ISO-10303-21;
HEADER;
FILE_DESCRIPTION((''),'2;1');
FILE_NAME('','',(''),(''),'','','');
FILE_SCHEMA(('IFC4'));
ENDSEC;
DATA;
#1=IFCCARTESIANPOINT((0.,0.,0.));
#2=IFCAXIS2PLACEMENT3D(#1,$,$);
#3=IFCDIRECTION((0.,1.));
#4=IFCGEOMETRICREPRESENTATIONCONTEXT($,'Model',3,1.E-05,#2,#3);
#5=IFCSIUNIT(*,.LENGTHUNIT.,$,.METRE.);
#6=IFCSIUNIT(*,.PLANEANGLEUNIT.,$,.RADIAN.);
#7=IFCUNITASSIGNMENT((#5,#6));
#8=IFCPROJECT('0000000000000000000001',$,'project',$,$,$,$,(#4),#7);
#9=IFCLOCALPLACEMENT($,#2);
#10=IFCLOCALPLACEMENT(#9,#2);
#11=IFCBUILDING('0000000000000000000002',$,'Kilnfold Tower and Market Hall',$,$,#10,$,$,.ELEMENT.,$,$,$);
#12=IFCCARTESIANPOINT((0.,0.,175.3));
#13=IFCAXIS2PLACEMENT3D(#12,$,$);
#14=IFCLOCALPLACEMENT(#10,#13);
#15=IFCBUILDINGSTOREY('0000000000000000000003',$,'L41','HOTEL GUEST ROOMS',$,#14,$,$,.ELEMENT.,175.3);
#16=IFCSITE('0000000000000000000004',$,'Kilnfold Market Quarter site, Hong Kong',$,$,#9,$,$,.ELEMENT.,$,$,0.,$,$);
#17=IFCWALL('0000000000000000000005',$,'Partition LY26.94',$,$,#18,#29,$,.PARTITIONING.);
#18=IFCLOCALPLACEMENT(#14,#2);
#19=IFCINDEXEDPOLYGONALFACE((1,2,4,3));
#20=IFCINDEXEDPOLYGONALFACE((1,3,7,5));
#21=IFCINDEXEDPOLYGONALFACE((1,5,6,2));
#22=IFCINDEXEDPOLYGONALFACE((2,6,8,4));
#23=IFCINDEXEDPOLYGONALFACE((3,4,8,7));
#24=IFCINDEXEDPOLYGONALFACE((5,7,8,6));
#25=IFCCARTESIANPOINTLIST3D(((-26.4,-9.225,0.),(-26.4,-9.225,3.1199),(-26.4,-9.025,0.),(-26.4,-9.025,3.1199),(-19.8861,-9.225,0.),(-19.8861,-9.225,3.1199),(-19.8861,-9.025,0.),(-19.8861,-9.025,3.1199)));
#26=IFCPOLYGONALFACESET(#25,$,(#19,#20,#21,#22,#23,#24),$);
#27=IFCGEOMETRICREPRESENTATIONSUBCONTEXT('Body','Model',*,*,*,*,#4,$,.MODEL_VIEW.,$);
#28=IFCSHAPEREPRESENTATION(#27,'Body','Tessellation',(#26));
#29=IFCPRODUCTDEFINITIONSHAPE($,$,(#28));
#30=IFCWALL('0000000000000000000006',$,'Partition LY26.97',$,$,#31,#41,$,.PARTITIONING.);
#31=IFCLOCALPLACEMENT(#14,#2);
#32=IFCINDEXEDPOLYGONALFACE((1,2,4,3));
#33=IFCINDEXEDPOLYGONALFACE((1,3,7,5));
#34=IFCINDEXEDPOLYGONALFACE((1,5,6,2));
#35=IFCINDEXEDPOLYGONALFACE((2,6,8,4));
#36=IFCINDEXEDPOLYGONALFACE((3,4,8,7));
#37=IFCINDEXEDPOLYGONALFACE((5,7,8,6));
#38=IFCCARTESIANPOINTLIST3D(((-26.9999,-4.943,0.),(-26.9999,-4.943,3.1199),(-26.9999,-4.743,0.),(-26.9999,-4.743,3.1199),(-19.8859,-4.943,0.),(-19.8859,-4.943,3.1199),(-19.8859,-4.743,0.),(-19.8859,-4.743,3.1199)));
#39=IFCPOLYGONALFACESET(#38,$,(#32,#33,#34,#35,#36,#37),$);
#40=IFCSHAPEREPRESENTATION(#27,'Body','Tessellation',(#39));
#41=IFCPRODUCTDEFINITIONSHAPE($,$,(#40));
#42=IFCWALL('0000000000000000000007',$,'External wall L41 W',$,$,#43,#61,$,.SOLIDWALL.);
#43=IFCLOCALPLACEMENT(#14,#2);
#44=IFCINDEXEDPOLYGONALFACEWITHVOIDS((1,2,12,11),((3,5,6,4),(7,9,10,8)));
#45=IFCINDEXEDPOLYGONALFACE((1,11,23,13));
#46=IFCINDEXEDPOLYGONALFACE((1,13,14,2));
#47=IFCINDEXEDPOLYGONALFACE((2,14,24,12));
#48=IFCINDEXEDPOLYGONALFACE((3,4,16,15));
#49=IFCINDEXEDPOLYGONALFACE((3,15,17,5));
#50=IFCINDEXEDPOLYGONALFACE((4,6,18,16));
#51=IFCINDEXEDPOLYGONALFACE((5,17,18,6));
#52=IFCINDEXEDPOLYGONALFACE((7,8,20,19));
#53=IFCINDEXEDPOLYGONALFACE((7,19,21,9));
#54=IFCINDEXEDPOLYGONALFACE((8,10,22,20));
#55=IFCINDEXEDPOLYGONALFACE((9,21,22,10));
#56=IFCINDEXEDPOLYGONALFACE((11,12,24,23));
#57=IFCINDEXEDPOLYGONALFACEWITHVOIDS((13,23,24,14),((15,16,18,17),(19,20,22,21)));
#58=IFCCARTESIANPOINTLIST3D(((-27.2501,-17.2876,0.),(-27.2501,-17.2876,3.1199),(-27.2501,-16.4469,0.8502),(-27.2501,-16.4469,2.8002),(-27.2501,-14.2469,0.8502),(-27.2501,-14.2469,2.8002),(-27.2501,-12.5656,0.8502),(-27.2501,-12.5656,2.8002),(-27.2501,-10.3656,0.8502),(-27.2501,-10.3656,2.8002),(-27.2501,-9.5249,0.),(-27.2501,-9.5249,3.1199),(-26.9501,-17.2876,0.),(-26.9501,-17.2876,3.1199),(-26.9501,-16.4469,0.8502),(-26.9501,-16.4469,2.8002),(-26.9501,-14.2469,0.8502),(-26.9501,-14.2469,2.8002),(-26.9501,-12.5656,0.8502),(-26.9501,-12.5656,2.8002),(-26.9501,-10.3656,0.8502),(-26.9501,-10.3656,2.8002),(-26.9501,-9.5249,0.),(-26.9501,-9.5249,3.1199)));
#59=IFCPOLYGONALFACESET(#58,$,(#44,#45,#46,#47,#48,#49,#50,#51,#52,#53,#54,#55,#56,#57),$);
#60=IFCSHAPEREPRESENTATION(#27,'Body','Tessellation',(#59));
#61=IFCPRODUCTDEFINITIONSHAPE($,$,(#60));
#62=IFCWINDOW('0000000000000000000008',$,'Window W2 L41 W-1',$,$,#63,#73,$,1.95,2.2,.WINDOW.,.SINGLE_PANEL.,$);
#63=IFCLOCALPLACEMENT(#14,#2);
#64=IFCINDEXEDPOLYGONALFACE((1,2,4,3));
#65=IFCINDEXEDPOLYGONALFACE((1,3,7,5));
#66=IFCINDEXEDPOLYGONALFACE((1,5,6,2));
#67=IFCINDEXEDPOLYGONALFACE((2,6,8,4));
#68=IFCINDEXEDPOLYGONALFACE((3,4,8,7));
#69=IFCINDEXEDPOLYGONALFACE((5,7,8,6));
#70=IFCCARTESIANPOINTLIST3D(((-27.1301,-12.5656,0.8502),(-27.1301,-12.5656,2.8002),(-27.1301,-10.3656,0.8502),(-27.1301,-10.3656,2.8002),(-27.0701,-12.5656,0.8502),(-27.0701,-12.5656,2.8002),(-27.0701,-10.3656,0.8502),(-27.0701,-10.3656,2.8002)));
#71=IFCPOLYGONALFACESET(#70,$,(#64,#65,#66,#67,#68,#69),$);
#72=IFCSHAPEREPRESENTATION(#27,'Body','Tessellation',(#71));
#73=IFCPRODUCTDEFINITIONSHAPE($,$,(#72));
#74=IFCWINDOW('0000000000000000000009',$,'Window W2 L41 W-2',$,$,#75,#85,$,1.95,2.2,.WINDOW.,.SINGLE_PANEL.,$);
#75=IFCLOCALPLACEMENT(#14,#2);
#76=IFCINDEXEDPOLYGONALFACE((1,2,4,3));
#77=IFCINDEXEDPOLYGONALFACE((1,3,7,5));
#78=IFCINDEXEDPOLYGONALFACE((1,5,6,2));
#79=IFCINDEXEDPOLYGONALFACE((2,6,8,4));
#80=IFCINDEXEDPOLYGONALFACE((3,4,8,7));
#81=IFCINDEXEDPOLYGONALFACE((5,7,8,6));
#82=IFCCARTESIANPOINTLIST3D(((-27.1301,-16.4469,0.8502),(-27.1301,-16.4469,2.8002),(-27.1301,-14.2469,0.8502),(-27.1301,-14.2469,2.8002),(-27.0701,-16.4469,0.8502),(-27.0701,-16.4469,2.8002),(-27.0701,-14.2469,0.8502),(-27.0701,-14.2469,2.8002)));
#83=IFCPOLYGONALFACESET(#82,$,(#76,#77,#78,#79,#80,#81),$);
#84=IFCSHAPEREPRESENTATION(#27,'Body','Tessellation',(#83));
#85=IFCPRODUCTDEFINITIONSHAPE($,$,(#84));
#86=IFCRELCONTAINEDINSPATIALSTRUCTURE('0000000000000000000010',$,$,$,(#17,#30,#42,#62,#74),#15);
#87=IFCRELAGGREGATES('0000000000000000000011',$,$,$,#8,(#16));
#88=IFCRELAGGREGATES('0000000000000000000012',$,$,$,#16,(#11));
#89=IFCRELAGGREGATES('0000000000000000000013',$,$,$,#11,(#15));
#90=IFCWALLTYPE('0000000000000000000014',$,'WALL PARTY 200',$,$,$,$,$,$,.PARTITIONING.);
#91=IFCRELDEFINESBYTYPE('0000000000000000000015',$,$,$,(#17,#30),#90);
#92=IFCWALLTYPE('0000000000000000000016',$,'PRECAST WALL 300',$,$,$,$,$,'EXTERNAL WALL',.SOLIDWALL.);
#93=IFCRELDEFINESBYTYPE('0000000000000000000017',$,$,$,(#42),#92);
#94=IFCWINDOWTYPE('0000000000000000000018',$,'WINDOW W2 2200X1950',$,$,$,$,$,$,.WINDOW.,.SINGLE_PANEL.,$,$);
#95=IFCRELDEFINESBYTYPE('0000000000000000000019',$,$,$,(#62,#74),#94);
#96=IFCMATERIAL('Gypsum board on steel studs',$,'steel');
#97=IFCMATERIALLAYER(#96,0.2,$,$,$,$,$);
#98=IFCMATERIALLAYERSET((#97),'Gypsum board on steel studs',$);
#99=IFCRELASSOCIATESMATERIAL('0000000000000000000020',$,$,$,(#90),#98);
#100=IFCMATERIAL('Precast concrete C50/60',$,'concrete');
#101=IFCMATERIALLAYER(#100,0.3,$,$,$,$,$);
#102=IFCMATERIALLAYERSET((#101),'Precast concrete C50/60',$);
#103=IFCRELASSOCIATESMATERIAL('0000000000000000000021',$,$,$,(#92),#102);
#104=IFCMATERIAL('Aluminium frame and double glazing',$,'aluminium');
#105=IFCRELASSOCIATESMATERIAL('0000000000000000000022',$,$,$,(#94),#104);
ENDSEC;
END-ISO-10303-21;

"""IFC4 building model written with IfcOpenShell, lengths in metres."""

from ifc_helpers import new_model, si_unit, direction, frame, frame_2d, origin, place, context, subcontext, project, spatial, rectangle, extrude, source, transform, mapped, material, layer, layer_set, type_object, element, fill, save


model = new_model("IFC4")

# Units and contexts
model_context = context("Model", 3, precision=1e-05, world=origin(), true_north=direction((0.0, 1.0)))
body_context = subcontext(model_context, "Body", "Model", "MODEL_VIEW")
ifc_project = project(units=[si_unit("LENGTHUNIT", "METRE"), si_unit("PLANEANGLEUNIT", "RADIAN")], contexts=[model_context])

# Site, building, storey
site_placement = place(None, origin())
site = spatial("IfcSite", under=ifc_project, at=site_placement, Name="Kilnfold Market Quarter site, Hong Kong", CompositionType="ELEMENT", RefElevation=0.0)
building_placement = place(site_placement, origin())
building = spatial("IfcBuilding", under=site, at=building_placement, Name="Kilnfold Tower and Market Hall", CompositionType="ELEMENT")
storey_placement = place(building_placement, frame((0.0, 0.0, 175.3)))
storey = spatial("IfcBuildingStorey", under=building, at=storey_placement, Name="L41", Description="HOTEL GUEST ROOMS", CompositionType="ELEMENT", Elevation=175.3)

# Walls
ifc_material_1 = material(Name="Gypsum board on steel studs", Category="steel")
ifc_layer_1 = layer(ifc_material_1, 0.2)
ifc_layer_set_1 = layer_set([ifc_layer_1], Name="Gypsum board on steel studs")
wall_type_1 = type_object("IfcWallType", Name="WALL PARTY 200", PredefinedType="PARTITIONING", material=ifc_layer_set_1)
wall_1_placement = place(storey_placement, frame((-26.3999, -9.125, 0.0), z_axis=(0.0, 0.0, 1.0), x_axis=(1.0, 0.0, 0.0)))
element("IfcWall", 1, at=wall_1_placement, inside=storey, type_object=wall_type_1, Name="Partition LY26.94", PredefinedType="PARTITIONING", context=body_context, shape_type="SweptSolid", body=[
    extrude(rectangle(XDim=6.5139, YDim=0.2, at=frame_2d((3.2568, 0.0))), origin(), (0.0, 0.0, 1.0), 3.1199),
])
wall_2_placement = place(storey_placement, frame((-27.0, -4.843, 0.0), z_axis=(0.0, 0.0, 1.0), x_axis=(1.0, 0.0, 0.0)))
element("IfcWall", 2, at=wall_2_placement, inside=storey, type_object=wall_type_1, Name="Partition LY26.97", PredefinedType="PARTITIONING", context=body_context, shape_type="SweptSolid", body=[
    extrude(rectangle(XDim=7.114, YDim=0.2, at=frame_2d((3.5571, 0.0))), origin(), (0.0, 0.0, 1.0), 3.1199),
])

# Wall, openings, windows
ifc_material_2 = material(Name="Precast concrete C50/60", Category="concrete")
ifc_layer_2 = layer(ifc_material_2, 0.3)
ifc_layer_set_2 = layer_set([ifc_layer_2], Name="Precast concrete C50/60")
wall_type_2 = type_object("IfcWallType", Name="PRECAST WALL 300", ElementType="EXTERNAL WALL", PredefinedType="SOLIDWALL", material=ifc_layer_set_2)
shared_shape_1 = source(origin(), body_context, "Body", "SweptSolid", [
    extrude(rectangle(XDim=7.7627, YDim=0.3, at=frame_2d((3.8813, 0.0))), origin(), (0.0, 0.0, 1.0), 3.1199),
])
wall_3_placement = place(storey_placement, frame((-27.1001, -9.5249, 0.0), z_axis=(0.0, 0.0, 1.0), x_axis=(0.0, -1.0, 0.0)))
wall_3 = element("IfcWall", 3, at=wall_3_placement, inside=storey, type_object=wall_type_2, Name="External wall L41 W", PredefinedType="SOLIDWALL", context=body_context, shape_type="MappedRepresentation", body=[
    mapped(shared_shape_1, transform((0.0, 0.0, 0.0))),
])
opening_1_placement = place(wall_3_placement, frame((0.8406, 0.0, 0.8501)))
opening_1 = element("IfcOpeningElement", 4, at=opening_1_placement, cuts=wall_3, PredefinedType="OPENING", context=body_context, shape_type="SweptSolid", body=[
    extrude(rectangle(XDim=2.2, YDim=1.95, at=frame_2d((1.1001, 0.9751))), frame((0.0, 0.1602, 0.0), z_axis=(0.0, -1.0, 0.0), x_axis=(1.0, 0.0, 0.0)), (0.0, 0.0, 1.0), 0.3201),
])
opening_2_placement = place(wall_3_placement, frame((4.7219, 0.0, 0.8501)))
opening_2 = element("IfcOpeningElement", 5, at=opening_2_placement, cuts=wall_3, PredefinedType="OPENING", context=body_context, shape_type="SweptSolid", body=[
    extrude(rectangle(XDim=2.2, YDim=1.95, at=frame_2d((1.1001, 0.9751))), frame((0.0, 0.1602, 0.0), z_axis=(0.0, -1.0, 0.0), x_axis=(1.0, 0.0, 0.0)), (0.0, 0.0, 1.0), 0.3201),
])
ifc_material_3 = material(Name="Aluminium frame and double glazing", Category="aluminium")
window_type = type_object("IfcWindowType", Name="WINDOW W2 2200X1950", PartitioningType="SINGLE_PANEL", PredefinedType="WINDOW", material=ifc_material_3)
window_1_placement = place(opening_1_placement, origin())
window_1 = element("IfcWindow", 6, at=window_1_placement, inside=storey, type_object=window_type, Name="Window W2 L41 W-1", OverallHeight=1.95, OverallWidth=2.2, PartitioningType="SINGLE_PANEL", PredefinedType="WINDOW", context=body_context, shape_type="SweptSolid", body=[
    extrude(rectangle(XDim=2.2, YDim=1.95, at=frame_2d((1.1001, 0.9751))), frame((0.0, 0.03, 0.0), z_axis=(0.0, -1.0, 0.0), x_axis=(1.0, 0.0, 0.0)), (0.0, 0.0, 1.0), 0.0601),
])
fill(opening_1, window_1)
window_2_placement = place(opening_2_placement, origin())
window_2 = element("IfcWindow", 7, at=window_2_placement, inside=storey, type_object=window_type, Name="Window W2 L41 W-2", OverallHeight=1.95, OverallWidth=2.2, PartitioningType="SINGLE_PANEL", PredefinedType="WINDOW", context=body_context, shape_type="SweptSolid", body=[
    extrude(rectangle(XDim=2.2, YDim=1.95, at=frame_2d((1.1001, 0.9751))), frame((0.0, 0.03, 0.0), z_axis=(0.0, -1.0, 0.0), x_axis=(1.0, 0.0, 0.0)), (0.0, 0.0, 1.0), 0.0601),
])
fill(opening_2, window_2)

save(model, "model.ifc")
